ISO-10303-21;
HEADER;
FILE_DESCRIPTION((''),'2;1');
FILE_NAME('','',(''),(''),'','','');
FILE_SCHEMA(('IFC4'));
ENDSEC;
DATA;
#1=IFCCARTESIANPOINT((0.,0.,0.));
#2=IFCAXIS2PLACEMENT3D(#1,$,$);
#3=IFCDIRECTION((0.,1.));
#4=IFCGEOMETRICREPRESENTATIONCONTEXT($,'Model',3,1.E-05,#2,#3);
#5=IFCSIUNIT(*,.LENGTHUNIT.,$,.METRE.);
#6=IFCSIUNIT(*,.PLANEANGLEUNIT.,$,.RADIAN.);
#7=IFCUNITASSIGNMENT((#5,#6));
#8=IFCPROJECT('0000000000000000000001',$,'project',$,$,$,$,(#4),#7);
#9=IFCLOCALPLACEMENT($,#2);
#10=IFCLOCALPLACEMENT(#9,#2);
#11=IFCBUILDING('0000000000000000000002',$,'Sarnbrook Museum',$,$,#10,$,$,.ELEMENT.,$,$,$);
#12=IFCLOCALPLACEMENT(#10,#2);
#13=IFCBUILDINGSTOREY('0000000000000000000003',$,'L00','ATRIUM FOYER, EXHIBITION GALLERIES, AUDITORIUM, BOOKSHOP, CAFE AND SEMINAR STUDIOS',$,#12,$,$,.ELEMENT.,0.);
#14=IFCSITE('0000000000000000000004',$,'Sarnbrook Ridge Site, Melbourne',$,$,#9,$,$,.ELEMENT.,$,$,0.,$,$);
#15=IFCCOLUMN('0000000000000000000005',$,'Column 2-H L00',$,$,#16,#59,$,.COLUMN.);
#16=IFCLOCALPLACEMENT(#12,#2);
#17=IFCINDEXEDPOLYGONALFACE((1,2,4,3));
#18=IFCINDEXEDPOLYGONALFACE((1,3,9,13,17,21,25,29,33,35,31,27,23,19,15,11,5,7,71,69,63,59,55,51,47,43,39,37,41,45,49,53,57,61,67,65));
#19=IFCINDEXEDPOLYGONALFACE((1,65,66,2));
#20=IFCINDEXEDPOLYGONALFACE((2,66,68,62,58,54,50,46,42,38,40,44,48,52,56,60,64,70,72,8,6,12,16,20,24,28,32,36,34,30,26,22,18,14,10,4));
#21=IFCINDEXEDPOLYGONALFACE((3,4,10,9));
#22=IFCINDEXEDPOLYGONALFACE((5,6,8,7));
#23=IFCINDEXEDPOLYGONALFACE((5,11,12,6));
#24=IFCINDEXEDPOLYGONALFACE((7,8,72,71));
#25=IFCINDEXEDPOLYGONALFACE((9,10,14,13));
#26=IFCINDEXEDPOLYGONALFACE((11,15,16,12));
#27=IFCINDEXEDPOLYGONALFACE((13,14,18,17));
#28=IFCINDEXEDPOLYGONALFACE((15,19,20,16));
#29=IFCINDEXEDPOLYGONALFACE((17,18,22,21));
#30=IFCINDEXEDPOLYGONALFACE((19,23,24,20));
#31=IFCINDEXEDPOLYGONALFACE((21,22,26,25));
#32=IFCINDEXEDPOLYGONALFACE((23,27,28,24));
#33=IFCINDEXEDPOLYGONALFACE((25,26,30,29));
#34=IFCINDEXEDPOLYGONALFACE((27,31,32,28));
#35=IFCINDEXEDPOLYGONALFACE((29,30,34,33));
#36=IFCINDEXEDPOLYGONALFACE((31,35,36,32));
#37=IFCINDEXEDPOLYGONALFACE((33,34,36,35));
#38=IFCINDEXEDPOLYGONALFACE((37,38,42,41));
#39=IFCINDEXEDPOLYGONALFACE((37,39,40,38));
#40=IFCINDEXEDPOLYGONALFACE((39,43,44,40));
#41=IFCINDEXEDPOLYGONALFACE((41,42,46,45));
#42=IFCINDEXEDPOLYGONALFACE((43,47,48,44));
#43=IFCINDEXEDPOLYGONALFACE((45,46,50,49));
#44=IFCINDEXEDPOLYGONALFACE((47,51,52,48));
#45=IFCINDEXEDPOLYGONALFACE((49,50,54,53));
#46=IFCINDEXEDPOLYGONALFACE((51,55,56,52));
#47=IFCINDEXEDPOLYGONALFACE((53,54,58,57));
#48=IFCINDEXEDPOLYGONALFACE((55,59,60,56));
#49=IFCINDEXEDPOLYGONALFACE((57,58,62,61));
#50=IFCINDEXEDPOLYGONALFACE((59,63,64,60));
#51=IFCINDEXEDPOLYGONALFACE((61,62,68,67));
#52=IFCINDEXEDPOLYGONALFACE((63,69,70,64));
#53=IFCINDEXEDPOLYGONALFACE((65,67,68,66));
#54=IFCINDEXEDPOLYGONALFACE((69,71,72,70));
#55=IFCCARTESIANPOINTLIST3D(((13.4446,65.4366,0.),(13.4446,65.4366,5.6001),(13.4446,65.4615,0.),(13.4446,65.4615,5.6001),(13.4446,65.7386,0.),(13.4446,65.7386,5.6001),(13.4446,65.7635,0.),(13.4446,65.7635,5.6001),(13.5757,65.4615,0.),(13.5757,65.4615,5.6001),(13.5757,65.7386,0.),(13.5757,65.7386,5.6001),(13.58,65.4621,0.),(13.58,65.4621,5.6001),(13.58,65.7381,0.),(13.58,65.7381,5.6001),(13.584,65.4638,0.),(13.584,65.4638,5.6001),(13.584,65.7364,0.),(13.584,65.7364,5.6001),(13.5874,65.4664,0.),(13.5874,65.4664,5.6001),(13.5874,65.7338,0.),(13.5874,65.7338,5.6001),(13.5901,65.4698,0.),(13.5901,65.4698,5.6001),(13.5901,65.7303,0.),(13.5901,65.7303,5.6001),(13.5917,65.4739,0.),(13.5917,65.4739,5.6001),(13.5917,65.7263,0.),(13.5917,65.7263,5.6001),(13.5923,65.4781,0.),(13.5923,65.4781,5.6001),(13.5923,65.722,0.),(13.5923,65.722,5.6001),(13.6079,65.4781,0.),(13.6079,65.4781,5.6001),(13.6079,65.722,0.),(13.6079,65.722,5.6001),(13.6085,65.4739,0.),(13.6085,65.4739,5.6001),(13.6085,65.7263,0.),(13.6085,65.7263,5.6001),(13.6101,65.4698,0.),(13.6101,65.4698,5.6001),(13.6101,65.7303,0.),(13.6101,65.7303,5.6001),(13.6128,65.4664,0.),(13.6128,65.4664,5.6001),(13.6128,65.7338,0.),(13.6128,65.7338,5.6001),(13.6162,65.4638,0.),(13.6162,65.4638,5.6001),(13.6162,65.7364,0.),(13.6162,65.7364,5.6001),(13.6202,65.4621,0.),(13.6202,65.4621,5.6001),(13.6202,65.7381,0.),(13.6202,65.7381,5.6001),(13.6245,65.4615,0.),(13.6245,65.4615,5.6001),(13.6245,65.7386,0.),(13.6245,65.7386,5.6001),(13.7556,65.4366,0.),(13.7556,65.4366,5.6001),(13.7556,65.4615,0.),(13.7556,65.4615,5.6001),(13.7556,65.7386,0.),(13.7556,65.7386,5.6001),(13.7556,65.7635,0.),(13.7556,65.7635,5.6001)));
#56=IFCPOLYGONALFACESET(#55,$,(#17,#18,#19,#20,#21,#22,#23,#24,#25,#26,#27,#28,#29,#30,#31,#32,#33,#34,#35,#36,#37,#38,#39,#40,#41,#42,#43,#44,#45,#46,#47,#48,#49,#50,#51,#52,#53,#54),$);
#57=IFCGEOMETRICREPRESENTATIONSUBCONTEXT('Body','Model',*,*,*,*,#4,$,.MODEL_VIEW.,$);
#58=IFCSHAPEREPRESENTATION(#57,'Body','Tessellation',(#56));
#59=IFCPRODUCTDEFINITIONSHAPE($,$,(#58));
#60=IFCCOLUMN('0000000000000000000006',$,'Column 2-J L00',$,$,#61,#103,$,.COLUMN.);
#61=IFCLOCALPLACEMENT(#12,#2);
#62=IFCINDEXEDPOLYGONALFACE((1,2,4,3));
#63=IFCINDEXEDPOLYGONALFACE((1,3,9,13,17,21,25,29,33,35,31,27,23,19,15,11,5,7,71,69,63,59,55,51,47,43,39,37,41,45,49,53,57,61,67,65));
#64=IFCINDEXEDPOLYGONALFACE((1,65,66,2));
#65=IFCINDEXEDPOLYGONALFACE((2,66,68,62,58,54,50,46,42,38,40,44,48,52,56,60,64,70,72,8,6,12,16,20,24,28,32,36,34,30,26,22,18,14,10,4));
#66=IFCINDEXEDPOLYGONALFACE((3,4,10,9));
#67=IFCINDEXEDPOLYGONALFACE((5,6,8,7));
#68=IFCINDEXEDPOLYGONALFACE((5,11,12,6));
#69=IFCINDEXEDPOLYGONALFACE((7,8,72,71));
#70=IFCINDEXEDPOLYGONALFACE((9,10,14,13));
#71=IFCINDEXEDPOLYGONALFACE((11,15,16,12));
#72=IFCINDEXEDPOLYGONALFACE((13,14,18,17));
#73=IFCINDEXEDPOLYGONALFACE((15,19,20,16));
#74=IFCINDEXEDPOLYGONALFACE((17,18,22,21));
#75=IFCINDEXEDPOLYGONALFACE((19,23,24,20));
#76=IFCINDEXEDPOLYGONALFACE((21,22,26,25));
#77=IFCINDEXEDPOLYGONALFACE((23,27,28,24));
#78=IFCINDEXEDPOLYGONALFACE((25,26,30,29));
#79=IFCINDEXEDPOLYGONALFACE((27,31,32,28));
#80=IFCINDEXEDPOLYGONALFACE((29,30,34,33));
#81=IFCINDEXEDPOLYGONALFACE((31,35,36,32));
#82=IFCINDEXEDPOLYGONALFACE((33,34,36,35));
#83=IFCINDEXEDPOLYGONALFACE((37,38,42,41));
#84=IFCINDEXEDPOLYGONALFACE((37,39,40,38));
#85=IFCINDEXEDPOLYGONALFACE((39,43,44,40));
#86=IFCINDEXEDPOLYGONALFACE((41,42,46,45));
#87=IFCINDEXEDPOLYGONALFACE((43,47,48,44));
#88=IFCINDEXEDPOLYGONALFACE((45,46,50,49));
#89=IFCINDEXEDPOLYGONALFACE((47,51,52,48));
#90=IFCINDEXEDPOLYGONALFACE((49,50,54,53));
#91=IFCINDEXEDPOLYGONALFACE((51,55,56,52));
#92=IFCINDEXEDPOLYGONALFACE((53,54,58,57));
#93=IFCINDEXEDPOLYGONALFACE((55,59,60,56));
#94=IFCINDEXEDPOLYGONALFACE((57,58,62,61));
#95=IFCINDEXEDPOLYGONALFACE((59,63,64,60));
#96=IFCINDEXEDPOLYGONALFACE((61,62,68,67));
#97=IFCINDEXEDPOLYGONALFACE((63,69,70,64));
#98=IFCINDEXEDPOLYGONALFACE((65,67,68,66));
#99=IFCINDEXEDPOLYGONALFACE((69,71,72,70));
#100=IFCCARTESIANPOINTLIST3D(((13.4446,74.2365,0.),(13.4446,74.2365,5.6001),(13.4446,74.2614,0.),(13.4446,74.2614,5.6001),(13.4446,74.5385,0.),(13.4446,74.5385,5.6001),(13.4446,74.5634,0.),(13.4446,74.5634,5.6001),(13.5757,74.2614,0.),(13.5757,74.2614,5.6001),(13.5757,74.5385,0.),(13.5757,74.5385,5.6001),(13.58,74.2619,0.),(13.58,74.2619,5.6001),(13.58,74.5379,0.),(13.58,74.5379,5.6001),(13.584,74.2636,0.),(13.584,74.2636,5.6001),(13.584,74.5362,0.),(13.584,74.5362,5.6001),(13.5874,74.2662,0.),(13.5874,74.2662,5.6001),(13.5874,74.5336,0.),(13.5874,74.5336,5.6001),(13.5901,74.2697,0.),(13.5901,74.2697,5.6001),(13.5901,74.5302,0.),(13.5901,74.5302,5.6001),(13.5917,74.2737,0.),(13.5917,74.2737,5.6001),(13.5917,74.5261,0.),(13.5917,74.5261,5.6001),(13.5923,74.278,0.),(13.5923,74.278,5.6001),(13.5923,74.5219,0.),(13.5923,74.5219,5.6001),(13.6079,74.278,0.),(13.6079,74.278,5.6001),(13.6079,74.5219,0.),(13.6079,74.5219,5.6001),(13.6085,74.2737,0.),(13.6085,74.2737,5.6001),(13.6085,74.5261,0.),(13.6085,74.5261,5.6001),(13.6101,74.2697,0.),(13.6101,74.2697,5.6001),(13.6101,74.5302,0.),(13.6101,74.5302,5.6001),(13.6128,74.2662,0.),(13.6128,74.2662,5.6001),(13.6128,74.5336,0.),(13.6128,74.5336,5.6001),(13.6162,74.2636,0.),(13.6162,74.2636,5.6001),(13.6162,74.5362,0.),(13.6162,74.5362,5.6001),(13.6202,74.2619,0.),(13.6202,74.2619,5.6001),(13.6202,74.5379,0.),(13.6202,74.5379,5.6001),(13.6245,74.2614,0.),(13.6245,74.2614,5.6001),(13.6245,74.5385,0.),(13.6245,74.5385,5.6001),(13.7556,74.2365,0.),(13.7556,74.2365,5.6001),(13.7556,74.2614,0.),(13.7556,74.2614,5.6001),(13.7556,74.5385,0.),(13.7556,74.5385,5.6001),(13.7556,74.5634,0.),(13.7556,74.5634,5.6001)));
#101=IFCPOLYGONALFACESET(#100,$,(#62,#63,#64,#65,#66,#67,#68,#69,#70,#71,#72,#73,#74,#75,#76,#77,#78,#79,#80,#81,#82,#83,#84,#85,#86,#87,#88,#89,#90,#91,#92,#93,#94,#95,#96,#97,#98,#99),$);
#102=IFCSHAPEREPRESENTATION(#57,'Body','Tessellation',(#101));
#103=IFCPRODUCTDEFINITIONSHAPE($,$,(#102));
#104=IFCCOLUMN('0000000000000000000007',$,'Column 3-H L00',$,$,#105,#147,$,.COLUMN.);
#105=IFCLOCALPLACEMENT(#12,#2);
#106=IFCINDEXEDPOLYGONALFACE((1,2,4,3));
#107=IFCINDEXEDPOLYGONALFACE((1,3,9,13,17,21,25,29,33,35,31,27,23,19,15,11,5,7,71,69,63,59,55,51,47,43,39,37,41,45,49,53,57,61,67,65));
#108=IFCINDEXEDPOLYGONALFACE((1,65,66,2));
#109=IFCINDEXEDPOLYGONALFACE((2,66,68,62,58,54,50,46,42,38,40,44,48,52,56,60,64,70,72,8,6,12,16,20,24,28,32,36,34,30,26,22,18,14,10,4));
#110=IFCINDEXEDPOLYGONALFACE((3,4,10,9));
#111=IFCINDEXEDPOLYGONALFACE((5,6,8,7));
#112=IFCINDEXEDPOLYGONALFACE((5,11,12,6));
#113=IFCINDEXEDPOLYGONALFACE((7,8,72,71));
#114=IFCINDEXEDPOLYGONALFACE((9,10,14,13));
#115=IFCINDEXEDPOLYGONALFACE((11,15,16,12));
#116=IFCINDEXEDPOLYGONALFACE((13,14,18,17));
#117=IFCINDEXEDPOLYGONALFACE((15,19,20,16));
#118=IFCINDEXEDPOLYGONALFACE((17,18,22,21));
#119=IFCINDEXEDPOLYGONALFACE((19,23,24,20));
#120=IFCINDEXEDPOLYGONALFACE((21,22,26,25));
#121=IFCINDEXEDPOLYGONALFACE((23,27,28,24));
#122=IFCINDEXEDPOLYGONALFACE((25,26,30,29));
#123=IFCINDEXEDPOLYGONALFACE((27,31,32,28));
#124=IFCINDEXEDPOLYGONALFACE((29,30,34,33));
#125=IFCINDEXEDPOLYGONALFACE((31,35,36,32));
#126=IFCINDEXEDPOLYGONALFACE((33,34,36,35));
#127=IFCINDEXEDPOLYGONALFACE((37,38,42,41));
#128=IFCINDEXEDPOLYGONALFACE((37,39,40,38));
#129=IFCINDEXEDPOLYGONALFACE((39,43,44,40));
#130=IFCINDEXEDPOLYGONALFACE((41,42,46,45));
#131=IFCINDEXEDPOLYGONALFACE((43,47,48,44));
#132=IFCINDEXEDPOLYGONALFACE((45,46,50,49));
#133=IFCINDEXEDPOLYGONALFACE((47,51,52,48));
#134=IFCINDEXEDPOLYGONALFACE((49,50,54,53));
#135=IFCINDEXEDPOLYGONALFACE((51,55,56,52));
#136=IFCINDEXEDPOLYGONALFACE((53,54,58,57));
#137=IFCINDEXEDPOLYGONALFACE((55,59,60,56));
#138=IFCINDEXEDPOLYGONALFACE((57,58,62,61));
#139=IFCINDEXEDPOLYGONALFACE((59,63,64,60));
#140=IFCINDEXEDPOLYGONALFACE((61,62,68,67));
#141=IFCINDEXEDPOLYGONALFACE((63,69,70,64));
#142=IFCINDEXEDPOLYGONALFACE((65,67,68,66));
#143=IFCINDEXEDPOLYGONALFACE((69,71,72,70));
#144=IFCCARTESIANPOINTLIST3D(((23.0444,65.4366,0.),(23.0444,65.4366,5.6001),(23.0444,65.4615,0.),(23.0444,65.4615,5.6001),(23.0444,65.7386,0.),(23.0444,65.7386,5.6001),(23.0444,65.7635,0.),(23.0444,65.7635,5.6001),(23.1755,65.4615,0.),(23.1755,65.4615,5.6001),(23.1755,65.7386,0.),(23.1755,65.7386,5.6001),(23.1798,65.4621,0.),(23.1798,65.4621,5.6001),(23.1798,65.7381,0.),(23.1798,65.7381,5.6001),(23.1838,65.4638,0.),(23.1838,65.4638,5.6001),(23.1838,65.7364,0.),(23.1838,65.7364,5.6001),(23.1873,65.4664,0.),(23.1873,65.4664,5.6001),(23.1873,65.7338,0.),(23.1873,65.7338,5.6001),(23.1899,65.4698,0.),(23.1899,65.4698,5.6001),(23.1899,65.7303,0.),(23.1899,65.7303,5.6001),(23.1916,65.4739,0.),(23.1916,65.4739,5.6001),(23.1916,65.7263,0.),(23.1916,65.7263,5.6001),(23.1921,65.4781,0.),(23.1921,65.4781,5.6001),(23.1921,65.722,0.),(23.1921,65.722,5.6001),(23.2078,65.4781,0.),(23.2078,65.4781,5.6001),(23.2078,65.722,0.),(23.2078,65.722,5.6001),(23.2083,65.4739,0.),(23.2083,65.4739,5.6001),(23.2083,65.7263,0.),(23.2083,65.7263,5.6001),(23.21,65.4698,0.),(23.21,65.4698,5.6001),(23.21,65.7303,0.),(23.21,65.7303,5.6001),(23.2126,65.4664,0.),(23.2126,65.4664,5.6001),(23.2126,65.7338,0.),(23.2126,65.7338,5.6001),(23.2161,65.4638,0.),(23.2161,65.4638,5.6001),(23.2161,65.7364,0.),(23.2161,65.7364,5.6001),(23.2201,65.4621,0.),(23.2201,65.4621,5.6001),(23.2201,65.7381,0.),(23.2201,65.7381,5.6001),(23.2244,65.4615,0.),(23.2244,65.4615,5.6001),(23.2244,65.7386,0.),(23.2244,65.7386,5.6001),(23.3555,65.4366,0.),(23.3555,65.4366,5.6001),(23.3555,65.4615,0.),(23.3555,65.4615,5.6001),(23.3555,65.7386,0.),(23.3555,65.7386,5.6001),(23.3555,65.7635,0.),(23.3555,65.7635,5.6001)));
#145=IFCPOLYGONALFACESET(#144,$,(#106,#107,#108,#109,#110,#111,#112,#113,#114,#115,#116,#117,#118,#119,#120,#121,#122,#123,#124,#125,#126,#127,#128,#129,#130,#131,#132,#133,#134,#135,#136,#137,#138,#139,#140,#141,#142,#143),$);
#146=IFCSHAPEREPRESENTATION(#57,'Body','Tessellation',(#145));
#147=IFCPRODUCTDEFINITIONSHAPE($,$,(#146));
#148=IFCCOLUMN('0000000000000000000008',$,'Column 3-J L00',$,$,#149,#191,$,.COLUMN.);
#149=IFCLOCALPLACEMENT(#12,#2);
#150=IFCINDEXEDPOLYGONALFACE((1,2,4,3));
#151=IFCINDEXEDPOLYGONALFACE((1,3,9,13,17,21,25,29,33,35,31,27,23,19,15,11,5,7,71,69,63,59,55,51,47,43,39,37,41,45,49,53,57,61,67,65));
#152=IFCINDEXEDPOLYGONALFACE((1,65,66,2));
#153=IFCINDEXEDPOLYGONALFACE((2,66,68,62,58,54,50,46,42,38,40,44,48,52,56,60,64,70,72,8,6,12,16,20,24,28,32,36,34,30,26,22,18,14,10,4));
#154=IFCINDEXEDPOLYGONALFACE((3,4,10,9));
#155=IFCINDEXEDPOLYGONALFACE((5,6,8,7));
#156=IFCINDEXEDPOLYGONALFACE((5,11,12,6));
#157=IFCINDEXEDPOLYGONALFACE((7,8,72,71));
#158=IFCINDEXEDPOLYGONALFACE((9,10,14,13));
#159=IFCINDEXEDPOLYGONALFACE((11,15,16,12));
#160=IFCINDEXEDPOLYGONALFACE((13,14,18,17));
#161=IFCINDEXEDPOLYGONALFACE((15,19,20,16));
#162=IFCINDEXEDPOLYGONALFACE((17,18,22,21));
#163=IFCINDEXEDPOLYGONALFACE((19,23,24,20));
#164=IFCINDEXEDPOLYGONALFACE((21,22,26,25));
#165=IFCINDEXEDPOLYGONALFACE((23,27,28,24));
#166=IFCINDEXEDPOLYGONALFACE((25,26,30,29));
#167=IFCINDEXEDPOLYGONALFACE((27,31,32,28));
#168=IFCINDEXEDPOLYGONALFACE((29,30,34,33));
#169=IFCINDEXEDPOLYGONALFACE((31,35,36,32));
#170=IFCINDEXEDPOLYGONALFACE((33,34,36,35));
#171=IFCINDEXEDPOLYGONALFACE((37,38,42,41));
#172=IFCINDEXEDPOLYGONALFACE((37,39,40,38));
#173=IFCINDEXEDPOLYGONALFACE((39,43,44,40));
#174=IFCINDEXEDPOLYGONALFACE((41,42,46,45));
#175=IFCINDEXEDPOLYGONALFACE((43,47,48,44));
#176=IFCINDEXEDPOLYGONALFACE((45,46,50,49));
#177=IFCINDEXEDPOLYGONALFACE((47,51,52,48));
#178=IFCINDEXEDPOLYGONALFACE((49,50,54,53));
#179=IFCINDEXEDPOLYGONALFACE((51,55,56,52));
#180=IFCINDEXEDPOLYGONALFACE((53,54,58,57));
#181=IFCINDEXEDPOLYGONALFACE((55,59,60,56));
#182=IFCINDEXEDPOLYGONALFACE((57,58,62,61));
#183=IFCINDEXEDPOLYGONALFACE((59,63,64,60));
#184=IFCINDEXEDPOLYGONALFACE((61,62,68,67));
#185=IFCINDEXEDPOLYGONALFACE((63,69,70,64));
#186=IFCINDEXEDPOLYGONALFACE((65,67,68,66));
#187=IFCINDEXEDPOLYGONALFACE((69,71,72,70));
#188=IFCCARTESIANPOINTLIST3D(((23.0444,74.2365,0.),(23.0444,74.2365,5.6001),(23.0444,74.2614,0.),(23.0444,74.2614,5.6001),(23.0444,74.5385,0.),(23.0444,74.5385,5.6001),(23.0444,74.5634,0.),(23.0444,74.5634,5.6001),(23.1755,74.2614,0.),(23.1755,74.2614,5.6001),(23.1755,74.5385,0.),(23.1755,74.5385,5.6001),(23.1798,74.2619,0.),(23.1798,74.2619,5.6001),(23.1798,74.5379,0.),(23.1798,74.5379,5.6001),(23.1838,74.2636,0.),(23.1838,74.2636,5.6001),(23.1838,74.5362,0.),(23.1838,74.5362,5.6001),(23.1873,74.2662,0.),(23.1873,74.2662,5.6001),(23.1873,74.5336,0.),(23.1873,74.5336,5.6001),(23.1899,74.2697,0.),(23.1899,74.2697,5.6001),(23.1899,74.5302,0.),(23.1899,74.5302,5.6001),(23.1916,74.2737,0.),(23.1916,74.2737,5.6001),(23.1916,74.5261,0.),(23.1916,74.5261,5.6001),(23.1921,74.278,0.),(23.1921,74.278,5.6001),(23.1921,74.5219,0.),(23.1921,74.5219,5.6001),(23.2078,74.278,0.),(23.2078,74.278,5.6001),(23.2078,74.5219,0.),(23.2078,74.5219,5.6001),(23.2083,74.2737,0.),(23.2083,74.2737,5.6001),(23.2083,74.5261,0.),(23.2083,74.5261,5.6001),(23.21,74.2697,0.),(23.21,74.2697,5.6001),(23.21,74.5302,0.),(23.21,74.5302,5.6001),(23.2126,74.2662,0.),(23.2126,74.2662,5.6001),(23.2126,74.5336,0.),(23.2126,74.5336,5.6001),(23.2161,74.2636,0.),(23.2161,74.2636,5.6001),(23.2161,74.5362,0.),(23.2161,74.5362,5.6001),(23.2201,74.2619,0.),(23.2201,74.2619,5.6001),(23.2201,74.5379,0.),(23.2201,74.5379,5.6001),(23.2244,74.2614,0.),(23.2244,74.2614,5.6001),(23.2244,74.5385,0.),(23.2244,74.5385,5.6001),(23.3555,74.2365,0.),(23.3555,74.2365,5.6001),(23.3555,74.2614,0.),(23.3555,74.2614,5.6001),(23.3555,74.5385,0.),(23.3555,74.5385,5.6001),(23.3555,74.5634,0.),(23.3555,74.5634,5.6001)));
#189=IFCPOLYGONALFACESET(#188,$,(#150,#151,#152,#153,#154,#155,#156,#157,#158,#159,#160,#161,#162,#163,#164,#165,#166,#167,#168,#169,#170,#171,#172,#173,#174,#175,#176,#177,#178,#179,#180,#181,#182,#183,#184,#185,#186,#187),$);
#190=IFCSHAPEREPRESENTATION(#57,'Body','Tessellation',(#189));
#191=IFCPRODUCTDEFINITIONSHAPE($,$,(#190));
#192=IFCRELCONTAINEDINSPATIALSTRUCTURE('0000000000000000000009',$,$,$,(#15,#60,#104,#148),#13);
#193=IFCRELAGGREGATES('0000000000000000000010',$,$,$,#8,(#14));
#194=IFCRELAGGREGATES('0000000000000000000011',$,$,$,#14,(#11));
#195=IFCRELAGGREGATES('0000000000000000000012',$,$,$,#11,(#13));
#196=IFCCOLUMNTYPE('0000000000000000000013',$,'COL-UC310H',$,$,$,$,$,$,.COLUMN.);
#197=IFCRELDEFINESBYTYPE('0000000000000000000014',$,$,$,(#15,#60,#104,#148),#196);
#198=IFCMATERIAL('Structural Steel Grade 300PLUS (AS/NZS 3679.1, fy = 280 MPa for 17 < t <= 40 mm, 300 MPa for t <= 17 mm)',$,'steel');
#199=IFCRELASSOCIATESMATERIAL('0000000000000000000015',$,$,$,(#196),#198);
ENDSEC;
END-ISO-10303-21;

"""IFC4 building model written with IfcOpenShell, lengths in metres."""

from ifc_helpers import new_model, si_unit, direction, frame, origin, origin_2d, place, context, subcontext, project, spatial, i_section, extrude, material, material_profile, profile_set, type_object, element, save


model = new_model("IFC4")

# Units and contexts
model_context = context("Model", 3, precision=1e-05, world=origin(), true_north=direction((0.0, 1.0)))
body_context = subcontext(model_context, "Body", "Model", "MODEL_VIEW")
ifc_project = project(units=[si_unit("LENGTHUNIT", "METRE"), si_unit("PLANEANGLEUNIT", "RADIAN")], contexts=[model_context])

# Site, building, storey
site_placement = place(None, origin())
site = spatial("IfcSite", under=ifc_project, at=site_placement, Name="Sarnbrook Ridge Site, Melbourne", CompositionType="ELEMENT", RefElevation=0.0)
building_placement = place(site_placement, origin())
building = spatial("IfcBuilding", under=site, at=building_placement, Name="Sarnbrook Museum", CompositionType="ELEMENT")
storey_placement = place(building_placement, origin())
storey = spatial("IfcBuildingStorey", under=building, at=storey_placement, Name="L00", Description="ATRIUM FOYER, EXHIBITION GALLERIES, AUDITORIUM, BOOKSHOP, CAFE AND SEMINAR STUDIOS", CompositionType="ELEMENT", Elevation=0.0)

# Columns
ifc_material_1 = material(Name="Structural Steel Grade 300PLUS (AS/NZS 3679.1, fy = 280 MPa for 17 < t <= 40 mm, 300 MPa for t <= 17 mm)", Category="steel")
ifc_material_profile_1 = material_profile(ifc_material_1, i_section(OverallWidth=0.311, OverallDepth=0.3269, WebThickness=0.0156, FlangeThickness=0.0249, FilletRadius=0.0166, at=origin_2d()), Name="310UC158")
ifc_profile_set_1 = profile_set([ifc_material_profile_1], Name="Structural Steel Grade 300PLUS (AS/NZS 3679.1, fy = 280 MPa for 17 < t <= 40 mm, 300 MPa for t <= 17 mm)")
column_type = type_object("IfcColumnType", Name="COL-UC310H", PredefinedType="COLUMN", material=ifc_profile_set_1)
for number, where, z_axis, x_axis, name in (
    (1, (13.6001, 65.6001, 0.0), (0.0, 0.0, 1.0), (1.0, 0.0, 0.0), "Column 2-H L00"),
    (2, (13.6001, 74.3999, 0.0), (0.0, 0.0, 1.0), (1.0, 0.0, 0.0), "Column 2-J L00"),
    (3, (23.2, 65.6001, 0.0), (0.0, 0.0, 1.0), (1.0, 0.0, 0.0), "Column 3-H L00"),
    (4, (23.2, 74.3999, 0.0), (0.0, 0.0, 1.0), (1.0, 0.0, 0.0), "Column 3-J L00"),
):
    element("IfcColumn", number, at=place(storey_placement, frame(where, z_axis=z_axis, x_axis=x_axis)), inside=storey, type_object=column_type, Name=name, PredefinedType="COLUMN", context=body_context, shape_type="SweptSolid", body=[
        extrude(i_section(OverallWidth=0.311, OverallDepth=0.3269, WebThickness=0.0156, FlangeThickness=0.0249, FilletRadius=0.0166, at=origin_2d()), origin(), (0.0, 0.0, 1.0), 5.6001),
    ])

save(model, "model.ifc")
